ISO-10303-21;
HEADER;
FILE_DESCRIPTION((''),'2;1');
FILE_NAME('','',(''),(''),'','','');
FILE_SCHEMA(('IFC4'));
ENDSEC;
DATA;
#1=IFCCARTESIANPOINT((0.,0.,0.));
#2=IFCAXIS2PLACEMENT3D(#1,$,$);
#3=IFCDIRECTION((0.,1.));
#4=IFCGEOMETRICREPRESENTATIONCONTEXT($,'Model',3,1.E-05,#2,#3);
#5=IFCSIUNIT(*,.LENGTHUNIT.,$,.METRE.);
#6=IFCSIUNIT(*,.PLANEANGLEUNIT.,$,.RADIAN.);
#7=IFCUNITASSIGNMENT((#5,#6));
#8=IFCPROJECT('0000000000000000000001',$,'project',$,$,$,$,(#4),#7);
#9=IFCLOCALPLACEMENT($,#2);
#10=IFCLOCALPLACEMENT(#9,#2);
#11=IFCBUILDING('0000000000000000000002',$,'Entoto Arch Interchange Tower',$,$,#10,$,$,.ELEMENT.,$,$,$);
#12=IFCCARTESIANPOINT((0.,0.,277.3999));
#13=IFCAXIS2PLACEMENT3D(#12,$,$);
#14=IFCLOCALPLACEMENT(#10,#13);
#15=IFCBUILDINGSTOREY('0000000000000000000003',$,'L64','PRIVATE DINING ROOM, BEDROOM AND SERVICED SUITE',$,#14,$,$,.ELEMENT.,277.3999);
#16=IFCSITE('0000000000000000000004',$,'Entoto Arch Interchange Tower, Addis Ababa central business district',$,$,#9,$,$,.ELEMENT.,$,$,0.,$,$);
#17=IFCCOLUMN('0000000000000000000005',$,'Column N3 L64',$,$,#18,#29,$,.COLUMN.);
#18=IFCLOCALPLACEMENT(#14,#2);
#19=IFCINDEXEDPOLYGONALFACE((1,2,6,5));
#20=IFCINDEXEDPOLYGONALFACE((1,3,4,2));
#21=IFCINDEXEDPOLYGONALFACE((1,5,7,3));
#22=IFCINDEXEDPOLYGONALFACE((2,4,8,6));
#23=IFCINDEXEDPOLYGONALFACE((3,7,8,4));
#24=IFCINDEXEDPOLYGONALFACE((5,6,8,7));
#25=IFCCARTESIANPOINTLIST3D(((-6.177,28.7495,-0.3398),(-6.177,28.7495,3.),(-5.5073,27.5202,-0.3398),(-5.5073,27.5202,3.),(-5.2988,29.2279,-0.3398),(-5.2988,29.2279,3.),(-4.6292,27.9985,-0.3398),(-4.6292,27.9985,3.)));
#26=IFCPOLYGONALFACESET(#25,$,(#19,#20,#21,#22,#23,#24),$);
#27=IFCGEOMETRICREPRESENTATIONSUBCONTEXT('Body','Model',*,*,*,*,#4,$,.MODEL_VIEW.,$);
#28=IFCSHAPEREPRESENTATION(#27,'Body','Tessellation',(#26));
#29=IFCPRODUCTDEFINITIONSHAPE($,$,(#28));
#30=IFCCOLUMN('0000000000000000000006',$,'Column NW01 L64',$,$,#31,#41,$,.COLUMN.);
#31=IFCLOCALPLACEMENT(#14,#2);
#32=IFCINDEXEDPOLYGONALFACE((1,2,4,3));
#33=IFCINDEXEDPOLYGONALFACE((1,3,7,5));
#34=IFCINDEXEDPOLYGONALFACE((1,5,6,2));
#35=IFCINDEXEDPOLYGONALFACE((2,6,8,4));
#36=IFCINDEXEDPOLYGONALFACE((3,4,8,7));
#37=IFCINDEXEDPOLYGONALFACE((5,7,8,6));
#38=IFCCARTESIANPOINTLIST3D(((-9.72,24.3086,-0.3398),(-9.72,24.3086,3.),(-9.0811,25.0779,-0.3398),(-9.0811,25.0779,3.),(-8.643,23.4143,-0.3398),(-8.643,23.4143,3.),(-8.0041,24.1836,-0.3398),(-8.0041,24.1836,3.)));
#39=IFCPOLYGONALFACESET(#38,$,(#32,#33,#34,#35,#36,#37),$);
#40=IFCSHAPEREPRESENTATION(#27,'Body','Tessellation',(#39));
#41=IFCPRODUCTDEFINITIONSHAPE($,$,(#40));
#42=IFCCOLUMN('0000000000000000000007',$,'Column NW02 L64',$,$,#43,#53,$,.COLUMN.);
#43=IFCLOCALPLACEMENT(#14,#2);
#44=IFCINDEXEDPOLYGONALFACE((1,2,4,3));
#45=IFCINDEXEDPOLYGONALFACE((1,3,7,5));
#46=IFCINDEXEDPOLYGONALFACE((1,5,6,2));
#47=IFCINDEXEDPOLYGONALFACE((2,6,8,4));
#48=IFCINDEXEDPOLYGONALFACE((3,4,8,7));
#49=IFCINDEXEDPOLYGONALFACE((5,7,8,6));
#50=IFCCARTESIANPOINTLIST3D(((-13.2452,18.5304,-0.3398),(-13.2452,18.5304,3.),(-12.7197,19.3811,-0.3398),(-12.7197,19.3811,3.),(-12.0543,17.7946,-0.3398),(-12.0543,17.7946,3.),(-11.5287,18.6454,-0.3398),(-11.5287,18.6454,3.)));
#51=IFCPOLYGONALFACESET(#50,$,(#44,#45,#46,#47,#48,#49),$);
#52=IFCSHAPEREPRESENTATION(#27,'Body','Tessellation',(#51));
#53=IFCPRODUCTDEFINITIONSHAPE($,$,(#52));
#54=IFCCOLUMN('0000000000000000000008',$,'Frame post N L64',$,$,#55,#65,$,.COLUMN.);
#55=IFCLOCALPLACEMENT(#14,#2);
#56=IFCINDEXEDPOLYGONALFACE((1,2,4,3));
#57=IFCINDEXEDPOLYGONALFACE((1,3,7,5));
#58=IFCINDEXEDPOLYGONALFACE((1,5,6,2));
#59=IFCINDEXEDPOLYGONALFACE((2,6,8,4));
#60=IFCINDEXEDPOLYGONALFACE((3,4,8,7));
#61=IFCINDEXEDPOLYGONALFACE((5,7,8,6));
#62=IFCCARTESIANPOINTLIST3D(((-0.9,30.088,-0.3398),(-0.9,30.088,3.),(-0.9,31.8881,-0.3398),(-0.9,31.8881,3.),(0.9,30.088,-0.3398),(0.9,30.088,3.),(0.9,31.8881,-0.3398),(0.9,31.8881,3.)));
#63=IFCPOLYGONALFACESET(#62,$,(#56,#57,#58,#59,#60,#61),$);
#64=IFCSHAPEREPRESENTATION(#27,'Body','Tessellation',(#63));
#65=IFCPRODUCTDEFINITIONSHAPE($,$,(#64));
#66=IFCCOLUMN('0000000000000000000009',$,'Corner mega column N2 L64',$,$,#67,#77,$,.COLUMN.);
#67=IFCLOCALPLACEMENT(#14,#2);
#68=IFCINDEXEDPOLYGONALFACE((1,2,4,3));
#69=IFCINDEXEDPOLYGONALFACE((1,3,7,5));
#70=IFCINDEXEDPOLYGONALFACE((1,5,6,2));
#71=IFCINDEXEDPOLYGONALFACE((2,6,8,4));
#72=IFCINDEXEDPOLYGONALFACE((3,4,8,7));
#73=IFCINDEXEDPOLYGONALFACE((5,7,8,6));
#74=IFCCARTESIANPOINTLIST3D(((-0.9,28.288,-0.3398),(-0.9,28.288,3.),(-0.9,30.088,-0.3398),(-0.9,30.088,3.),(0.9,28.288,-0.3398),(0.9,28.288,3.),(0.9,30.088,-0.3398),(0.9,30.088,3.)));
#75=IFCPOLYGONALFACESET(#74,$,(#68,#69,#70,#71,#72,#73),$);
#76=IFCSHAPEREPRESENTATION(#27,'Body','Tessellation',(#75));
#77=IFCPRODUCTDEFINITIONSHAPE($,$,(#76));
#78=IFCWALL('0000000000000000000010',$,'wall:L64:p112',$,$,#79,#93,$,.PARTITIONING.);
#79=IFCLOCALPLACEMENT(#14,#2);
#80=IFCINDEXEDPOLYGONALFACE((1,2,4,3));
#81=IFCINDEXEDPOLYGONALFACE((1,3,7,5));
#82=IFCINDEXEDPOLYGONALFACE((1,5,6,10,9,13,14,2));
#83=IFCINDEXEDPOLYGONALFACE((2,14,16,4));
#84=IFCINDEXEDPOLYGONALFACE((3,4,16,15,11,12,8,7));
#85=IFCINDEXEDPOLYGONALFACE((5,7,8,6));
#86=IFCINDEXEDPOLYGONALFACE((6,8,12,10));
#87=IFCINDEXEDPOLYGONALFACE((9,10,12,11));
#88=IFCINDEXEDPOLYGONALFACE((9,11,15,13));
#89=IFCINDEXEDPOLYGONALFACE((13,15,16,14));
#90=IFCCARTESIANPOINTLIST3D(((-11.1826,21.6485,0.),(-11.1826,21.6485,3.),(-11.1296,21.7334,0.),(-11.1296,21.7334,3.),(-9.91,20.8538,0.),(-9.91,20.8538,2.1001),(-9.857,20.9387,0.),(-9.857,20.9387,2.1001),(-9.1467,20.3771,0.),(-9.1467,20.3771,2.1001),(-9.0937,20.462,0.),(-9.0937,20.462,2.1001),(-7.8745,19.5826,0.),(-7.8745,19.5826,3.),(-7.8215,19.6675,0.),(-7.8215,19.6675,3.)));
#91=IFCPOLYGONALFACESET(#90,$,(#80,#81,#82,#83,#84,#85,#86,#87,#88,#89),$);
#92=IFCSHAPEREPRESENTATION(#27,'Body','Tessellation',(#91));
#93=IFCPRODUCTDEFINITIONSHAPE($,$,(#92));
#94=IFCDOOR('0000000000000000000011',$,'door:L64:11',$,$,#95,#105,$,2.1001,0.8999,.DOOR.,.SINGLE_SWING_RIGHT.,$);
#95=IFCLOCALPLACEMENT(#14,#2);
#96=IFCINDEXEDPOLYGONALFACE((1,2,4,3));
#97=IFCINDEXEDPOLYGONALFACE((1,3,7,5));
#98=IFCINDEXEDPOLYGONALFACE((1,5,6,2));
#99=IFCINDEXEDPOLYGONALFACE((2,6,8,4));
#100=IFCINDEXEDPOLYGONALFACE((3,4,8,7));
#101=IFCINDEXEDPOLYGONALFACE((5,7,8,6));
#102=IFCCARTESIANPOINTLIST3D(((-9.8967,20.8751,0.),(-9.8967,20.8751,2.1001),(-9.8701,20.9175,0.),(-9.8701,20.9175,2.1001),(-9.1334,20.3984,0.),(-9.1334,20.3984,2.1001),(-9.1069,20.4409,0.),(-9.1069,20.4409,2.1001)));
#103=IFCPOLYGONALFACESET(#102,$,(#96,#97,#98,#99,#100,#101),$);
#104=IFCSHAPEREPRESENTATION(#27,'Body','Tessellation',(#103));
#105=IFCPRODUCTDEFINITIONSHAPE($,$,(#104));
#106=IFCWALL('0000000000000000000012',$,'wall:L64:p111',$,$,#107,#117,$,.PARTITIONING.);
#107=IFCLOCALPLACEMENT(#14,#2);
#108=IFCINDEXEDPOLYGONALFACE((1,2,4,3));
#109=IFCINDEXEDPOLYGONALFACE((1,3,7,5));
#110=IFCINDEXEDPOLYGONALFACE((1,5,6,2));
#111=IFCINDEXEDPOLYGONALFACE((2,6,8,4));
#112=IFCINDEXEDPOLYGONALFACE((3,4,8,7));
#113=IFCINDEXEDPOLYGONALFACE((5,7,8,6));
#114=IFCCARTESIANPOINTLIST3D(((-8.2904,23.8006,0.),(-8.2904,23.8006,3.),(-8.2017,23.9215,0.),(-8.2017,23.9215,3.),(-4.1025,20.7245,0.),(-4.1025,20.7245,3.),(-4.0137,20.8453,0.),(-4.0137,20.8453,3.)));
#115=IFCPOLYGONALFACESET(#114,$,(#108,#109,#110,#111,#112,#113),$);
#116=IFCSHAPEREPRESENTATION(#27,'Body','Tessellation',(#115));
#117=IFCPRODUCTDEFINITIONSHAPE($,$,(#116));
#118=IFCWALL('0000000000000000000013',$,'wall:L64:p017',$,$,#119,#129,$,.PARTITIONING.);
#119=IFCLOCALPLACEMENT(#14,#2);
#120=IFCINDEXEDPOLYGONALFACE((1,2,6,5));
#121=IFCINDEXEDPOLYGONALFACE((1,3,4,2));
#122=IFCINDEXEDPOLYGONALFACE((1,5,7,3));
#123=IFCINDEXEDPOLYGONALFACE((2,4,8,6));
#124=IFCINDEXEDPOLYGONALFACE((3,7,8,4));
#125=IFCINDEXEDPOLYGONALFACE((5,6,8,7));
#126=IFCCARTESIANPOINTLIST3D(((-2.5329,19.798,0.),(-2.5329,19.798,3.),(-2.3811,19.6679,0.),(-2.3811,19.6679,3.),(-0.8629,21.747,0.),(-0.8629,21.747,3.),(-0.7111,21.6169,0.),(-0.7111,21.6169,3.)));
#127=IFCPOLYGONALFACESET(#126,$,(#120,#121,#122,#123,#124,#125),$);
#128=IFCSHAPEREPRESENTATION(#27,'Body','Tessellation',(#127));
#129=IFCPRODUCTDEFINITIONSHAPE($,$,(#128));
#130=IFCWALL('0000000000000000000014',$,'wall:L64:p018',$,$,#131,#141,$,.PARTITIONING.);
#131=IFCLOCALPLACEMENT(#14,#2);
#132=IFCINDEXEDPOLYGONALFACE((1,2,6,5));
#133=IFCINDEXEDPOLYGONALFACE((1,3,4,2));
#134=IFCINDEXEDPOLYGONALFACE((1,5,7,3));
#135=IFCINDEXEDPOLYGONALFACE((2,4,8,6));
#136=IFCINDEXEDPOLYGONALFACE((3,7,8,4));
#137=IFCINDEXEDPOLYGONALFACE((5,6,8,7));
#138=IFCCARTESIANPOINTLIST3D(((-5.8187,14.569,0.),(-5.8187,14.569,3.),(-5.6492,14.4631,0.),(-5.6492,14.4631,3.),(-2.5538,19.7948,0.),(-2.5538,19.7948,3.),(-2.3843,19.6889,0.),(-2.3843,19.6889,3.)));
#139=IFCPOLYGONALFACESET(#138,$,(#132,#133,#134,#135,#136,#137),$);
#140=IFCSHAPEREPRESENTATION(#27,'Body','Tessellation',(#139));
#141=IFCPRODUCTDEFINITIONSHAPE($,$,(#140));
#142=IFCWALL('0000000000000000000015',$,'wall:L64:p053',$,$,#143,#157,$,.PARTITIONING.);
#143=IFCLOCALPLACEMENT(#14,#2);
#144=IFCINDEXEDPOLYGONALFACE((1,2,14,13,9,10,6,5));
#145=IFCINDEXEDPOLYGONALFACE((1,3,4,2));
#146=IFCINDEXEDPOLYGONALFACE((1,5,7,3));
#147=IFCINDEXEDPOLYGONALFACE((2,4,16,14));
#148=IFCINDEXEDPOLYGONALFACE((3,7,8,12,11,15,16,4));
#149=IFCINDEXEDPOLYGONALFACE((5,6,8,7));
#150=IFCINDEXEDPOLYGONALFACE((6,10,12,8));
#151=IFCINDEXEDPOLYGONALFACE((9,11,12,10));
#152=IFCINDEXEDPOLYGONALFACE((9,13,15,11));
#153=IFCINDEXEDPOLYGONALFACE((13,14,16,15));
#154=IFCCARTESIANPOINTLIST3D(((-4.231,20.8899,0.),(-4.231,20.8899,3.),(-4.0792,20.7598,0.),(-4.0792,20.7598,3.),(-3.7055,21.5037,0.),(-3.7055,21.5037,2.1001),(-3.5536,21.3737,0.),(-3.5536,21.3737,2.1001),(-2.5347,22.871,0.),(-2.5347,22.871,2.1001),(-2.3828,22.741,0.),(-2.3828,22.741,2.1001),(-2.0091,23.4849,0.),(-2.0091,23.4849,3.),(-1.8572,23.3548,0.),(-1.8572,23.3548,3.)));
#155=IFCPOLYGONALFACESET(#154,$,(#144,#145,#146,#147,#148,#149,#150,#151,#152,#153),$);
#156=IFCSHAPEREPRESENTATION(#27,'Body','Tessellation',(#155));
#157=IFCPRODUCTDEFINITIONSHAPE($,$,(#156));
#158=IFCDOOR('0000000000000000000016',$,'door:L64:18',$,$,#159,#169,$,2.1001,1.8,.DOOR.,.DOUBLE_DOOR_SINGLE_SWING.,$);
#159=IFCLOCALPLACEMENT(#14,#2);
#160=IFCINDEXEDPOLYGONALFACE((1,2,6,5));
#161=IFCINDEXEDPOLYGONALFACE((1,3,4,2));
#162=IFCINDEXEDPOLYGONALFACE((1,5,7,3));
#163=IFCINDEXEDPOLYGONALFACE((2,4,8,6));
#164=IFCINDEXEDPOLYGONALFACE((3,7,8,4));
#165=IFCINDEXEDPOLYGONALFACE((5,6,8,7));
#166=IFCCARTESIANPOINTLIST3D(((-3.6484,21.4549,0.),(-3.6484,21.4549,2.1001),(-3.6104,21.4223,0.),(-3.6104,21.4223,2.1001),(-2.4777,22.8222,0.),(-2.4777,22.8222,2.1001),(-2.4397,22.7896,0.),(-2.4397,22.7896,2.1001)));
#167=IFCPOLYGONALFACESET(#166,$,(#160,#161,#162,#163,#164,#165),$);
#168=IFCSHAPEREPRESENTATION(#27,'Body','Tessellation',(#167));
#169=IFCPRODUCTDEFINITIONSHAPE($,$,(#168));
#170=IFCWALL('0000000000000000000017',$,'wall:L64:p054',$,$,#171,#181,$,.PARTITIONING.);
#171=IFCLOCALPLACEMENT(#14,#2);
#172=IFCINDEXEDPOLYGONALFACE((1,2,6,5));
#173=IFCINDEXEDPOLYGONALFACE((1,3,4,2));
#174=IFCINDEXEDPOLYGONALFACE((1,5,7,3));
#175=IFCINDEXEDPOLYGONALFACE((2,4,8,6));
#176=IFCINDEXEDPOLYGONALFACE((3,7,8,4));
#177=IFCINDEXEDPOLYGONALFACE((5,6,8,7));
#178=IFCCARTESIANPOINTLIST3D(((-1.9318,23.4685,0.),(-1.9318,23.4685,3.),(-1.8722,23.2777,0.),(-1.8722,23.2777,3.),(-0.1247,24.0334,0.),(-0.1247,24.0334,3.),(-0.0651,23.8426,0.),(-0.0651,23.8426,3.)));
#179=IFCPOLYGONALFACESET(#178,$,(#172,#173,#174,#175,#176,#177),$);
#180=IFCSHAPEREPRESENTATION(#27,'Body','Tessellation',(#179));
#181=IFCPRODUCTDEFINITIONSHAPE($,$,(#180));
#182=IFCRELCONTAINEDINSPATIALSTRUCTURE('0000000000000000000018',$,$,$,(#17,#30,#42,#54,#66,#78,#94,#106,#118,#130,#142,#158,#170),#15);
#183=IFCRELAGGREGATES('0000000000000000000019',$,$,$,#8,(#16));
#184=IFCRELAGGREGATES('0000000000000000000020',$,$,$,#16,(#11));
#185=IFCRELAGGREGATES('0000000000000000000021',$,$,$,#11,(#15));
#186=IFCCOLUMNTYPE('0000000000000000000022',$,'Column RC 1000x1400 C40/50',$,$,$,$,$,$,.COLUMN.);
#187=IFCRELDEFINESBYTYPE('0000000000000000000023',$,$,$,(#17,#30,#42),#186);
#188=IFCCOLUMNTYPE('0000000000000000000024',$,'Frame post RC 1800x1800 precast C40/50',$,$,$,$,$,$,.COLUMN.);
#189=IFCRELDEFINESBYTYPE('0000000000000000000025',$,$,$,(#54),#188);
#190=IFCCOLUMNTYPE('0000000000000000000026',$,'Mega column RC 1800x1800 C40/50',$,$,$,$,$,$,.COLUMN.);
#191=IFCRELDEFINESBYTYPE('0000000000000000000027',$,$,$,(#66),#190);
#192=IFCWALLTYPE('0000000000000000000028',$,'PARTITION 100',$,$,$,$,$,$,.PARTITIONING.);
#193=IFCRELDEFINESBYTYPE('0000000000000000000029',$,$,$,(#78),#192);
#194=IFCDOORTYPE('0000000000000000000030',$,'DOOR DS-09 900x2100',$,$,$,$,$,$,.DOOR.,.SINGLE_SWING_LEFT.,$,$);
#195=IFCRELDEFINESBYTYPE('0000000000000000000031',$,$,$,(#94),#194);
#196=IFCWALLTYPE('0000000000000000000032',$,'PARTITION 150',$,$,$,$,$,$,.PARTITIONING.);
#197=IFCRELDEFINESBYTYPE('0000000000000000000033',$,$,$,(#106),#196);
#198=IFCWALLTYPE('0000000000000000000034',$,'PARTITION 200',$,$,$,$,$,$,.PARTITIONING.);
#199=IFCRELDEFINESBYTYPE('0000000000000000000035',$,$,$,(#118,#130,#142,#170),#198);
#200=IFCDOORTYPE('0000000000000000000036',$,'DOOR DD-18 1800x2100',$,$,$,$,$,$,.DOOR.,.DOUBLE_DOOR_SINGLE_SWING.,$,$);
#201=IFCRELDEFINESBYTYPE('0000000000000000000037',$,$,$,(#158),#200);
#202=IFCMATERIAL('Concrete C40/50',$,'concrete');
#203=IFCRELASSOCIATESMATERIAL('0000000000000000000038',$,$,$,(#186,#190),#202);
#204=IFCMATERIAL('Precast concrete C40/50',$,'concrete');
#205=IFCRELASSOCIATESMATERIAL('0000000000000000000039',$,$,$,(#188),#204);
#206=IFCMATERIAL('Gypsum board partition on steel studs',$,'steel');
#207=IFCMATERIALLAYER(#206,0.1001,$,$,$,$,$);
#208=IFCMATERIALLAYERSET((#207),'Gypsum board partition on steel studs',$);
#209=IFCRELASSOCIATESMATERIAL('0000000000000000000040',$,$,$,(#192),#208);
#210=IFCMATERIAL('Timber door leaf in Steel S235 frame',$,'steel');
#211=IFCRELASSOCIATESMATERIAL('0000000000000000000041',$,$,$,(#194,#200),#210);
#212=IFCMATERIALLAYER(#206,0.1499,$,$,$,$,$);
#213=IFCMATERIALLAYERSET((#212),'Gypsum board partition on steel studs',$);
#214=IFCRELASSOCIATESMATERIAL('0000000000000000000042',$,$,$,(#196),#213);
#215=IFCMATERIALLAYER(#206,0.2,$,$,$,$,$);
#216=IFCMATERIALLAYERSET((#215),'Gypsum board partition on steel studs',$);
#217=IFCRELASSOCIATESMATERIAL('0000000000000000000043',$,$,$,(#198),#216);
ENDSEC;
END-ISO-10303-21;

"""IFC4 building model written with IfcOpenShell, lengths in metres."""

from ifc_helpers import new_model, si_unit, direction, frame, frame_2d, origin, origin_2d, place, context, subcontext, project, spatial, rectangle, extrude, material, layer, layer_set, material_profile, profile_set, type_object, element, fill, save


model = new_model("IFC4")

# Units and contexts
model_context = context("Model", 3, precision=1e-05, world=origin(), true_north=direction((0.0, 1.0)))
body_context = subcontext(model_context, "Body", "Model", "MODEL_VIEW")
ifc_project = project(units=[si_unit("LENGTHUNIT", "METRE"), si_unit("PLANEANGLEUNIT", "RADIAN")], contexts=[model_context])

# Site, building, storey
site_placement = place(None, origin())
site = spatial("IfcSite", under=ifc_project, at=site_placement, Name="Entoto Arch Interchange Tower, Addis Ababa central business district", CompositionType="ELEMENT", RefElevation=0.0)
building_placement = place(site_placement, origin())
building = spatial("IfcBuilding", under=site, at=building_placement, Name="Entoto Arch Interchange Tower", CompositionType="ELEMENT")
storey_placement = place(building_placement, frame((0.0, 0.0, 277.3999)))
storey = spatial("IfcBuildingStorey", under=building, at=storey_placement, Name="L64", Description="PRIVATE DINING ROOM, BEDROOM AND SERVICED SUITE", CompositionType="ELEMENT", Elevation=277.3999)

# Columns
ifc_material_1 = material(Name="Concrete C40/50", Category="concrete")
ifc_material_profile_1 = material_profile(ifc_material_1, rectangle(XDim=1.0, YDim=1.3999, at=origin_2d()))
ifc_profile_set_1 = profile_set([ifc_material_profile_1], Name="Concrete C40/50")
column_type_1 = type_object("IfcColumnType", Name="Column RC 1000x1400 C40/50", PredefinedType="COLUMN", material=ifc_profile_set_1)
for number, where, z_axis, x_axis, name in (
    (1, (-5.4031, 28.374, -0.3398), (0.0, 0.0, 1.0), (0.878175, 0.478339, 0.0), "Column N3 L64"),
    (2, (-8.8621, 24.2461, -0.3398), (0.0, 0.0, 1.0), (0.638835, 0.769344, 0.0), "Column NW01 L64"),
    (3, (-12.387, 18.5879, -0.3398), (0.0, 0.0, 1.0), (0.525576, 0.850747, 0.0), "Column NW02 L64"),
):
    element("IfcColumn", number, at=place(storey_placement, frame(where, z_axis=z_axis, x_axis=x_axis)), inside=storey, type_object=column_type_1, Name=name, PredefinedType="COLUMN", context=body_context, shape_type="SweptSolid", body=[
        extrude(rectangle(XDim=1.0, YDim=1.3999, at=origin_2d()), origin(), (0.0, 0.0, 1.0), 3.3398),
    ])
ifc_material_2 = material(Name="Precast concrete C40/50", Category="concrete")
ifc_material_profile_2 = material_profile(ifc_material_2, rectangle(XDim=1.8, YDim=1.8, at=origin_2d()))
ifc_profile_set_2 = profile_set([ifc_material_profile_2], Name="Precast concrete C40/50")
column_type_2 = type_object("IfcColumnType", Name="Frame post RC 1800x1800 precast C40/50", PredefinedType="COLUMN", material=ifc_profile_set_2)
column_1_placement = place(storey_placement, frame((0.0, 30.988, -0.3398), z_axis=(0.0, 0.0, 1.0), x_axis=(0.0, 1.0, 0.0)))
element("IfcColumn", 4, at=column_1_placement, inside=storey, type_object=column_type_2, Name="Frame post N L64", PredefinedType="COLUMN", context=body_context, shape_type="SweptSolid", body=[
    extrude(rectangle(XDim=1.8, YDim=1.8, at=origin_2d()), origin(), (0.0, 0.0, 1.0), 3.3398),
])
ifc_material_profile_3 = material_profile(ifc_material_1, rectangle(XDim=1.8, YDim=1.8, at=origin_2d()))
ifc_profile_set_3 = profile_set([ifc_material_profile_3], Name="Concrete C40/50")
column_type_3 = type_object("IfcColumnType", Name="Mega column RC 1800x1800 C40/50", PredefinedType="COLUMN", material=ifc_profile_set_3)
column_2_placement = place(storey_placement, frame((0.0, 29.188, -0.3398), z_axis=(0.0, 0.0, 1.0), x_axis=(0.0, 1.0, 0.0)))
element("IfcColumn", 5, at=column_2_placement, inside=storey, type_object=column_type_3, Name="Corner mega column N2 L64", PredefinedType="COLUMN", context=body_context, shape_type="SweptSolid", body=[
    extrude(rectangle(XDim=1.8, YDim=1.8, at=origin_2d()), origin(), (0.0, 0.0, 1.0), 3.3398),
])

# Wall, opening, door
ifc_material_3 = material(Name="Gypsum board partition on steel studs", Category="steel")
ifc_layer_1 = layer(ifc_material_3, 0.1001)
ifc_layer_set_1 = layer_set([ifc_layer_1], Name="Gypsum board partition on steel studs")
wall_type_1 = type_object("IfcWallType", Name="PARTITION 100", PredefinedType="PARTITIONING", material=ifc_layer_set_1)
wall_1_placement = place(storey_placement, frame((-7.8479, 19.625, 0.0), z_axis=(0.0, 0.0, 1.0), x_axis=(-0.848188, 0.529695, 0.0)))
wall_1 = element("IfcWall", 6, at=wall_1_placement, inside=storey, type_object=wall_type_1, Name="wall:L64:p112", PredefinedType="PARTITIONING", context=body_context, shape_type="SweptSolid", body=[
    extrude(rectangle(XDim=3.9001, YDim=0.1001, at=frame_2d((1.9502, 0.0))), origin(), (0.0, 0.0, 1.0), 3.0),
])
opening_1_placement = place(wall_1_placement, frame((1.5, 0.0, 0.0)))
opening_1 = element("IfcOpeningElement", 7, at=opening_1_placement, cuts=wall_1, PredefinedType="OPENING", context=body_context, shape_type="SweptSolid", body=[
    extrude(rectangle(XDim=0.8999, YDim=2.1001, at=frame_2d((0.45, 1.05))), frame((0.0, 0.0601, 0.0), z_axis=(0.0, -1.0, 0.0), x_axis=(1.0, 0.0, 0.0)), (0.0, 0.0, 1.0), 0.1201),
])
ifc_material_4 = material(Name="Timber door leaf in Steel S235 frame", Category="steel")
door_type_1 = type_object("IfcDoorType", Name="DOOR DS-09 900x2100", OperationType="SINGLE_SWING_LEFT", PredefinedType="DOOR", material=ifc_material_4)
door_1_placement = place(opening_1_placement, origin())
door_1 = element("IfcDoor", 8, at=door_1_placement, inside=storey, type_object=door_type_1, Name="door:L64:11", OperationType="SINGLE_SWING_RIGHT", OverallHeight=2.1001, OverallWidth=0.8999, PredefinedType="DOOR", context=body_context, shape_type="SweptSolid", body=[
    extrude(rectangle(XDim=0.8999, YDim=2.1001, at=frame_2d((0.45, 1.05))), frame((0.0, 0.0249, 0.0), z_axis=(0.0, -1.0, 0.0), x_axis=(1.0, 0.0, 0.0)), (0.0, 0.0, 1.0), 0.05),
])
fill(opening_1, door_1)

# Walls
ifc_layer_2 = layer(ifc_material_3, 0.1499)
ifc_layer_set_2 = layer_set([ifc_layer_2], Name="Gypsum board partition on steel studs")
wall_type_2 = type_object("IfcWallType", Name="PARTITION 150", PredefinedType="PARTITIONING", material=ifc_layer_set_2)
wall_2_placement = place(storey_placement, frame((-4.0581, 20.7849, 0.0), z_axis=(0.0, 0.0, 1.0), x_axis=(-0.805948, 0.591987, 0.0)))
element("IfcWall", 9, at=wall_2_placement, inside=storey, type_object=wall_type_2, Name="wall:L64:p111", PredefinedType="PARTITIONING", context=body_context, shape_type="SweptSolid", body=[
    extrude(rectangle(XDim=5.1963, YDim=0.1499, at=frame_2d((2.5981, 0.0))), origin(), (0.0, 0.0, 1.0), 3.0),
])
ifc_layer_3 = layer(ifc_material_3, 0.2)
ifc_layer_set_3 = layer_set([ifc_layer_3], Name="Gypsum board partition on steel studs")
wall_type_3 = type_object("IfcWallType", Name="PARTITION 200", PredefinedType="PARTITIONING", material=ifc_layer_set_3)
wall_3_placement = place(storey_placement, frame((-0.7871, 21.6819, 0.0), z_axis=(0.0, 0.0, 1.0), x_axis=(-0.65065, -0.759377, 0.0)))
element("IfcWall", 10, at=wall_3_placement, inside=storey, type_object=wall_type_3, Name="wall:L64:p017", PredefinedType="PARTITIONING", context=body_context, shape_type="SweptSolid", body=[
    extrude(rectangle(XDim=2.5667, YDim=0.2, at=frame_2d((1.2832, 0.0))), origin(), (0.0, 0.0, 1.0), 3.0),
])
wall_4_placement = place(storey_placement, frame((-2.469, 19.7419, 0.0), z_axis=(0.0, 0.0, 1.0), x_axis=(-0.529853, -0.84809, 0.0)))
element("IfcWall", 11, at=wall_4_placement, inside=storey, type_object=wall_type_3, Name="wall:L64:p018", PredefinedType="PARTITIONING", context=body_context, shape_type="SweptSolid", body=[
    extrude(rectangle(XDim=6.1619, YDim=0.2, at=frame_2d((3.0811, 0.0))), origin(), (0.0, 0.0, 1.0), 3.0),
])

# Wall, opening, door
wall_5_placement = place(storey_placement, frame((-4.155, 20.825, 0.0), z_axis=(0.0, 0.0, 1.0), x_axis=(0.650397, 0.759594, 0.0)))
wall_5 = element("IfcWall", 12, at=wall_5_placement, inside=storey, type_object=wall_type_3, Name="wall:L64:p053", PredefinedType="PARTITIONING", context=body_context, shape_type="SweptSolid", body=[
    extrude(rectangle(XDim=3.4163, YDim=0.2, at=frame_2d((1.708, 0.0))), origin(), (0.0, 0.0, 1.0), 3.0),
])
opening_2_placement = place(wall_5_placement, frame((0.8081, 0.0, 0.0)))
opening_2 = element("IfcOpeningElement", 13, at=opening_2_placement, cuts=wall_5, PredefinedType="OPENING", context=body_context, shape_type="SweptSolid", body=[
    extrude(rectangle(XDim=1.8, YDim=2.1001, at=frame_2d((0.8999, 1.05))), frame((0.0, 0.1099, 0.0), z_axis=(0.0, -1.0, 0.0), x_axis=(1.0, 0.0, 0.0)), (0.0, 0.0, 1.0), 0.22),
])
door_type_2 = type_object("IfcDoorType", Name="DOOR DD-18 1800x2100", OperationType="DOUBLE_DOOR_SINGLE_SWING", PredefinedType="DOOR", material=ifc_material_4)
door_2_placement = place(opening_2_placement, origin())
door_2 = element("IfcDoor", 14, at=door_2_placement, inside=storey, type_object=door_type_2, Name="door:L64:18", OperationType="DOUBLE_DOOR_SINGLE_SWING", OverallHeight=2.1001, OverallWidth=1.8, PredefinedType="DOOR", context=body_context, shape_type="SweptSolid", body=[
    extrude(rectangle(XDim=1.8, YDim=2.1001, at=frame_2d((0.8999, 1.05))), frame((0.0, 0.0249, 0.0), z_axis=(0.0, -1.0, 0.0), x_axis=(1.0, 0.0, 0.0)), (0.0, 0.0, 1.0), 0.05),
])
fill(opening_2, door_2)

# Wall
wall_6_placement = place(storey_placement, frame((-1.9021, 23.373, 0.0), z_axis=(0.0, 0.0, 1.0), x_axis=(0.954448, 0.298378, 0.0)))
element("IfcWall", 15, at=wall_6_placement, inside=storey, type_object=wall_type_3, Name="wall:L64:p054", PredefinedType="PARTITIONING", context=body_context, shape_type="SweptSolid", body=[
    extrude(rectangle(XDim=1.8933, YDim=0.2, at=frame_2d((0.9468, 0.0))), origin(), (0.0, 0.0, 1.0), 3.0),
])

save(model, "model.ifc")
